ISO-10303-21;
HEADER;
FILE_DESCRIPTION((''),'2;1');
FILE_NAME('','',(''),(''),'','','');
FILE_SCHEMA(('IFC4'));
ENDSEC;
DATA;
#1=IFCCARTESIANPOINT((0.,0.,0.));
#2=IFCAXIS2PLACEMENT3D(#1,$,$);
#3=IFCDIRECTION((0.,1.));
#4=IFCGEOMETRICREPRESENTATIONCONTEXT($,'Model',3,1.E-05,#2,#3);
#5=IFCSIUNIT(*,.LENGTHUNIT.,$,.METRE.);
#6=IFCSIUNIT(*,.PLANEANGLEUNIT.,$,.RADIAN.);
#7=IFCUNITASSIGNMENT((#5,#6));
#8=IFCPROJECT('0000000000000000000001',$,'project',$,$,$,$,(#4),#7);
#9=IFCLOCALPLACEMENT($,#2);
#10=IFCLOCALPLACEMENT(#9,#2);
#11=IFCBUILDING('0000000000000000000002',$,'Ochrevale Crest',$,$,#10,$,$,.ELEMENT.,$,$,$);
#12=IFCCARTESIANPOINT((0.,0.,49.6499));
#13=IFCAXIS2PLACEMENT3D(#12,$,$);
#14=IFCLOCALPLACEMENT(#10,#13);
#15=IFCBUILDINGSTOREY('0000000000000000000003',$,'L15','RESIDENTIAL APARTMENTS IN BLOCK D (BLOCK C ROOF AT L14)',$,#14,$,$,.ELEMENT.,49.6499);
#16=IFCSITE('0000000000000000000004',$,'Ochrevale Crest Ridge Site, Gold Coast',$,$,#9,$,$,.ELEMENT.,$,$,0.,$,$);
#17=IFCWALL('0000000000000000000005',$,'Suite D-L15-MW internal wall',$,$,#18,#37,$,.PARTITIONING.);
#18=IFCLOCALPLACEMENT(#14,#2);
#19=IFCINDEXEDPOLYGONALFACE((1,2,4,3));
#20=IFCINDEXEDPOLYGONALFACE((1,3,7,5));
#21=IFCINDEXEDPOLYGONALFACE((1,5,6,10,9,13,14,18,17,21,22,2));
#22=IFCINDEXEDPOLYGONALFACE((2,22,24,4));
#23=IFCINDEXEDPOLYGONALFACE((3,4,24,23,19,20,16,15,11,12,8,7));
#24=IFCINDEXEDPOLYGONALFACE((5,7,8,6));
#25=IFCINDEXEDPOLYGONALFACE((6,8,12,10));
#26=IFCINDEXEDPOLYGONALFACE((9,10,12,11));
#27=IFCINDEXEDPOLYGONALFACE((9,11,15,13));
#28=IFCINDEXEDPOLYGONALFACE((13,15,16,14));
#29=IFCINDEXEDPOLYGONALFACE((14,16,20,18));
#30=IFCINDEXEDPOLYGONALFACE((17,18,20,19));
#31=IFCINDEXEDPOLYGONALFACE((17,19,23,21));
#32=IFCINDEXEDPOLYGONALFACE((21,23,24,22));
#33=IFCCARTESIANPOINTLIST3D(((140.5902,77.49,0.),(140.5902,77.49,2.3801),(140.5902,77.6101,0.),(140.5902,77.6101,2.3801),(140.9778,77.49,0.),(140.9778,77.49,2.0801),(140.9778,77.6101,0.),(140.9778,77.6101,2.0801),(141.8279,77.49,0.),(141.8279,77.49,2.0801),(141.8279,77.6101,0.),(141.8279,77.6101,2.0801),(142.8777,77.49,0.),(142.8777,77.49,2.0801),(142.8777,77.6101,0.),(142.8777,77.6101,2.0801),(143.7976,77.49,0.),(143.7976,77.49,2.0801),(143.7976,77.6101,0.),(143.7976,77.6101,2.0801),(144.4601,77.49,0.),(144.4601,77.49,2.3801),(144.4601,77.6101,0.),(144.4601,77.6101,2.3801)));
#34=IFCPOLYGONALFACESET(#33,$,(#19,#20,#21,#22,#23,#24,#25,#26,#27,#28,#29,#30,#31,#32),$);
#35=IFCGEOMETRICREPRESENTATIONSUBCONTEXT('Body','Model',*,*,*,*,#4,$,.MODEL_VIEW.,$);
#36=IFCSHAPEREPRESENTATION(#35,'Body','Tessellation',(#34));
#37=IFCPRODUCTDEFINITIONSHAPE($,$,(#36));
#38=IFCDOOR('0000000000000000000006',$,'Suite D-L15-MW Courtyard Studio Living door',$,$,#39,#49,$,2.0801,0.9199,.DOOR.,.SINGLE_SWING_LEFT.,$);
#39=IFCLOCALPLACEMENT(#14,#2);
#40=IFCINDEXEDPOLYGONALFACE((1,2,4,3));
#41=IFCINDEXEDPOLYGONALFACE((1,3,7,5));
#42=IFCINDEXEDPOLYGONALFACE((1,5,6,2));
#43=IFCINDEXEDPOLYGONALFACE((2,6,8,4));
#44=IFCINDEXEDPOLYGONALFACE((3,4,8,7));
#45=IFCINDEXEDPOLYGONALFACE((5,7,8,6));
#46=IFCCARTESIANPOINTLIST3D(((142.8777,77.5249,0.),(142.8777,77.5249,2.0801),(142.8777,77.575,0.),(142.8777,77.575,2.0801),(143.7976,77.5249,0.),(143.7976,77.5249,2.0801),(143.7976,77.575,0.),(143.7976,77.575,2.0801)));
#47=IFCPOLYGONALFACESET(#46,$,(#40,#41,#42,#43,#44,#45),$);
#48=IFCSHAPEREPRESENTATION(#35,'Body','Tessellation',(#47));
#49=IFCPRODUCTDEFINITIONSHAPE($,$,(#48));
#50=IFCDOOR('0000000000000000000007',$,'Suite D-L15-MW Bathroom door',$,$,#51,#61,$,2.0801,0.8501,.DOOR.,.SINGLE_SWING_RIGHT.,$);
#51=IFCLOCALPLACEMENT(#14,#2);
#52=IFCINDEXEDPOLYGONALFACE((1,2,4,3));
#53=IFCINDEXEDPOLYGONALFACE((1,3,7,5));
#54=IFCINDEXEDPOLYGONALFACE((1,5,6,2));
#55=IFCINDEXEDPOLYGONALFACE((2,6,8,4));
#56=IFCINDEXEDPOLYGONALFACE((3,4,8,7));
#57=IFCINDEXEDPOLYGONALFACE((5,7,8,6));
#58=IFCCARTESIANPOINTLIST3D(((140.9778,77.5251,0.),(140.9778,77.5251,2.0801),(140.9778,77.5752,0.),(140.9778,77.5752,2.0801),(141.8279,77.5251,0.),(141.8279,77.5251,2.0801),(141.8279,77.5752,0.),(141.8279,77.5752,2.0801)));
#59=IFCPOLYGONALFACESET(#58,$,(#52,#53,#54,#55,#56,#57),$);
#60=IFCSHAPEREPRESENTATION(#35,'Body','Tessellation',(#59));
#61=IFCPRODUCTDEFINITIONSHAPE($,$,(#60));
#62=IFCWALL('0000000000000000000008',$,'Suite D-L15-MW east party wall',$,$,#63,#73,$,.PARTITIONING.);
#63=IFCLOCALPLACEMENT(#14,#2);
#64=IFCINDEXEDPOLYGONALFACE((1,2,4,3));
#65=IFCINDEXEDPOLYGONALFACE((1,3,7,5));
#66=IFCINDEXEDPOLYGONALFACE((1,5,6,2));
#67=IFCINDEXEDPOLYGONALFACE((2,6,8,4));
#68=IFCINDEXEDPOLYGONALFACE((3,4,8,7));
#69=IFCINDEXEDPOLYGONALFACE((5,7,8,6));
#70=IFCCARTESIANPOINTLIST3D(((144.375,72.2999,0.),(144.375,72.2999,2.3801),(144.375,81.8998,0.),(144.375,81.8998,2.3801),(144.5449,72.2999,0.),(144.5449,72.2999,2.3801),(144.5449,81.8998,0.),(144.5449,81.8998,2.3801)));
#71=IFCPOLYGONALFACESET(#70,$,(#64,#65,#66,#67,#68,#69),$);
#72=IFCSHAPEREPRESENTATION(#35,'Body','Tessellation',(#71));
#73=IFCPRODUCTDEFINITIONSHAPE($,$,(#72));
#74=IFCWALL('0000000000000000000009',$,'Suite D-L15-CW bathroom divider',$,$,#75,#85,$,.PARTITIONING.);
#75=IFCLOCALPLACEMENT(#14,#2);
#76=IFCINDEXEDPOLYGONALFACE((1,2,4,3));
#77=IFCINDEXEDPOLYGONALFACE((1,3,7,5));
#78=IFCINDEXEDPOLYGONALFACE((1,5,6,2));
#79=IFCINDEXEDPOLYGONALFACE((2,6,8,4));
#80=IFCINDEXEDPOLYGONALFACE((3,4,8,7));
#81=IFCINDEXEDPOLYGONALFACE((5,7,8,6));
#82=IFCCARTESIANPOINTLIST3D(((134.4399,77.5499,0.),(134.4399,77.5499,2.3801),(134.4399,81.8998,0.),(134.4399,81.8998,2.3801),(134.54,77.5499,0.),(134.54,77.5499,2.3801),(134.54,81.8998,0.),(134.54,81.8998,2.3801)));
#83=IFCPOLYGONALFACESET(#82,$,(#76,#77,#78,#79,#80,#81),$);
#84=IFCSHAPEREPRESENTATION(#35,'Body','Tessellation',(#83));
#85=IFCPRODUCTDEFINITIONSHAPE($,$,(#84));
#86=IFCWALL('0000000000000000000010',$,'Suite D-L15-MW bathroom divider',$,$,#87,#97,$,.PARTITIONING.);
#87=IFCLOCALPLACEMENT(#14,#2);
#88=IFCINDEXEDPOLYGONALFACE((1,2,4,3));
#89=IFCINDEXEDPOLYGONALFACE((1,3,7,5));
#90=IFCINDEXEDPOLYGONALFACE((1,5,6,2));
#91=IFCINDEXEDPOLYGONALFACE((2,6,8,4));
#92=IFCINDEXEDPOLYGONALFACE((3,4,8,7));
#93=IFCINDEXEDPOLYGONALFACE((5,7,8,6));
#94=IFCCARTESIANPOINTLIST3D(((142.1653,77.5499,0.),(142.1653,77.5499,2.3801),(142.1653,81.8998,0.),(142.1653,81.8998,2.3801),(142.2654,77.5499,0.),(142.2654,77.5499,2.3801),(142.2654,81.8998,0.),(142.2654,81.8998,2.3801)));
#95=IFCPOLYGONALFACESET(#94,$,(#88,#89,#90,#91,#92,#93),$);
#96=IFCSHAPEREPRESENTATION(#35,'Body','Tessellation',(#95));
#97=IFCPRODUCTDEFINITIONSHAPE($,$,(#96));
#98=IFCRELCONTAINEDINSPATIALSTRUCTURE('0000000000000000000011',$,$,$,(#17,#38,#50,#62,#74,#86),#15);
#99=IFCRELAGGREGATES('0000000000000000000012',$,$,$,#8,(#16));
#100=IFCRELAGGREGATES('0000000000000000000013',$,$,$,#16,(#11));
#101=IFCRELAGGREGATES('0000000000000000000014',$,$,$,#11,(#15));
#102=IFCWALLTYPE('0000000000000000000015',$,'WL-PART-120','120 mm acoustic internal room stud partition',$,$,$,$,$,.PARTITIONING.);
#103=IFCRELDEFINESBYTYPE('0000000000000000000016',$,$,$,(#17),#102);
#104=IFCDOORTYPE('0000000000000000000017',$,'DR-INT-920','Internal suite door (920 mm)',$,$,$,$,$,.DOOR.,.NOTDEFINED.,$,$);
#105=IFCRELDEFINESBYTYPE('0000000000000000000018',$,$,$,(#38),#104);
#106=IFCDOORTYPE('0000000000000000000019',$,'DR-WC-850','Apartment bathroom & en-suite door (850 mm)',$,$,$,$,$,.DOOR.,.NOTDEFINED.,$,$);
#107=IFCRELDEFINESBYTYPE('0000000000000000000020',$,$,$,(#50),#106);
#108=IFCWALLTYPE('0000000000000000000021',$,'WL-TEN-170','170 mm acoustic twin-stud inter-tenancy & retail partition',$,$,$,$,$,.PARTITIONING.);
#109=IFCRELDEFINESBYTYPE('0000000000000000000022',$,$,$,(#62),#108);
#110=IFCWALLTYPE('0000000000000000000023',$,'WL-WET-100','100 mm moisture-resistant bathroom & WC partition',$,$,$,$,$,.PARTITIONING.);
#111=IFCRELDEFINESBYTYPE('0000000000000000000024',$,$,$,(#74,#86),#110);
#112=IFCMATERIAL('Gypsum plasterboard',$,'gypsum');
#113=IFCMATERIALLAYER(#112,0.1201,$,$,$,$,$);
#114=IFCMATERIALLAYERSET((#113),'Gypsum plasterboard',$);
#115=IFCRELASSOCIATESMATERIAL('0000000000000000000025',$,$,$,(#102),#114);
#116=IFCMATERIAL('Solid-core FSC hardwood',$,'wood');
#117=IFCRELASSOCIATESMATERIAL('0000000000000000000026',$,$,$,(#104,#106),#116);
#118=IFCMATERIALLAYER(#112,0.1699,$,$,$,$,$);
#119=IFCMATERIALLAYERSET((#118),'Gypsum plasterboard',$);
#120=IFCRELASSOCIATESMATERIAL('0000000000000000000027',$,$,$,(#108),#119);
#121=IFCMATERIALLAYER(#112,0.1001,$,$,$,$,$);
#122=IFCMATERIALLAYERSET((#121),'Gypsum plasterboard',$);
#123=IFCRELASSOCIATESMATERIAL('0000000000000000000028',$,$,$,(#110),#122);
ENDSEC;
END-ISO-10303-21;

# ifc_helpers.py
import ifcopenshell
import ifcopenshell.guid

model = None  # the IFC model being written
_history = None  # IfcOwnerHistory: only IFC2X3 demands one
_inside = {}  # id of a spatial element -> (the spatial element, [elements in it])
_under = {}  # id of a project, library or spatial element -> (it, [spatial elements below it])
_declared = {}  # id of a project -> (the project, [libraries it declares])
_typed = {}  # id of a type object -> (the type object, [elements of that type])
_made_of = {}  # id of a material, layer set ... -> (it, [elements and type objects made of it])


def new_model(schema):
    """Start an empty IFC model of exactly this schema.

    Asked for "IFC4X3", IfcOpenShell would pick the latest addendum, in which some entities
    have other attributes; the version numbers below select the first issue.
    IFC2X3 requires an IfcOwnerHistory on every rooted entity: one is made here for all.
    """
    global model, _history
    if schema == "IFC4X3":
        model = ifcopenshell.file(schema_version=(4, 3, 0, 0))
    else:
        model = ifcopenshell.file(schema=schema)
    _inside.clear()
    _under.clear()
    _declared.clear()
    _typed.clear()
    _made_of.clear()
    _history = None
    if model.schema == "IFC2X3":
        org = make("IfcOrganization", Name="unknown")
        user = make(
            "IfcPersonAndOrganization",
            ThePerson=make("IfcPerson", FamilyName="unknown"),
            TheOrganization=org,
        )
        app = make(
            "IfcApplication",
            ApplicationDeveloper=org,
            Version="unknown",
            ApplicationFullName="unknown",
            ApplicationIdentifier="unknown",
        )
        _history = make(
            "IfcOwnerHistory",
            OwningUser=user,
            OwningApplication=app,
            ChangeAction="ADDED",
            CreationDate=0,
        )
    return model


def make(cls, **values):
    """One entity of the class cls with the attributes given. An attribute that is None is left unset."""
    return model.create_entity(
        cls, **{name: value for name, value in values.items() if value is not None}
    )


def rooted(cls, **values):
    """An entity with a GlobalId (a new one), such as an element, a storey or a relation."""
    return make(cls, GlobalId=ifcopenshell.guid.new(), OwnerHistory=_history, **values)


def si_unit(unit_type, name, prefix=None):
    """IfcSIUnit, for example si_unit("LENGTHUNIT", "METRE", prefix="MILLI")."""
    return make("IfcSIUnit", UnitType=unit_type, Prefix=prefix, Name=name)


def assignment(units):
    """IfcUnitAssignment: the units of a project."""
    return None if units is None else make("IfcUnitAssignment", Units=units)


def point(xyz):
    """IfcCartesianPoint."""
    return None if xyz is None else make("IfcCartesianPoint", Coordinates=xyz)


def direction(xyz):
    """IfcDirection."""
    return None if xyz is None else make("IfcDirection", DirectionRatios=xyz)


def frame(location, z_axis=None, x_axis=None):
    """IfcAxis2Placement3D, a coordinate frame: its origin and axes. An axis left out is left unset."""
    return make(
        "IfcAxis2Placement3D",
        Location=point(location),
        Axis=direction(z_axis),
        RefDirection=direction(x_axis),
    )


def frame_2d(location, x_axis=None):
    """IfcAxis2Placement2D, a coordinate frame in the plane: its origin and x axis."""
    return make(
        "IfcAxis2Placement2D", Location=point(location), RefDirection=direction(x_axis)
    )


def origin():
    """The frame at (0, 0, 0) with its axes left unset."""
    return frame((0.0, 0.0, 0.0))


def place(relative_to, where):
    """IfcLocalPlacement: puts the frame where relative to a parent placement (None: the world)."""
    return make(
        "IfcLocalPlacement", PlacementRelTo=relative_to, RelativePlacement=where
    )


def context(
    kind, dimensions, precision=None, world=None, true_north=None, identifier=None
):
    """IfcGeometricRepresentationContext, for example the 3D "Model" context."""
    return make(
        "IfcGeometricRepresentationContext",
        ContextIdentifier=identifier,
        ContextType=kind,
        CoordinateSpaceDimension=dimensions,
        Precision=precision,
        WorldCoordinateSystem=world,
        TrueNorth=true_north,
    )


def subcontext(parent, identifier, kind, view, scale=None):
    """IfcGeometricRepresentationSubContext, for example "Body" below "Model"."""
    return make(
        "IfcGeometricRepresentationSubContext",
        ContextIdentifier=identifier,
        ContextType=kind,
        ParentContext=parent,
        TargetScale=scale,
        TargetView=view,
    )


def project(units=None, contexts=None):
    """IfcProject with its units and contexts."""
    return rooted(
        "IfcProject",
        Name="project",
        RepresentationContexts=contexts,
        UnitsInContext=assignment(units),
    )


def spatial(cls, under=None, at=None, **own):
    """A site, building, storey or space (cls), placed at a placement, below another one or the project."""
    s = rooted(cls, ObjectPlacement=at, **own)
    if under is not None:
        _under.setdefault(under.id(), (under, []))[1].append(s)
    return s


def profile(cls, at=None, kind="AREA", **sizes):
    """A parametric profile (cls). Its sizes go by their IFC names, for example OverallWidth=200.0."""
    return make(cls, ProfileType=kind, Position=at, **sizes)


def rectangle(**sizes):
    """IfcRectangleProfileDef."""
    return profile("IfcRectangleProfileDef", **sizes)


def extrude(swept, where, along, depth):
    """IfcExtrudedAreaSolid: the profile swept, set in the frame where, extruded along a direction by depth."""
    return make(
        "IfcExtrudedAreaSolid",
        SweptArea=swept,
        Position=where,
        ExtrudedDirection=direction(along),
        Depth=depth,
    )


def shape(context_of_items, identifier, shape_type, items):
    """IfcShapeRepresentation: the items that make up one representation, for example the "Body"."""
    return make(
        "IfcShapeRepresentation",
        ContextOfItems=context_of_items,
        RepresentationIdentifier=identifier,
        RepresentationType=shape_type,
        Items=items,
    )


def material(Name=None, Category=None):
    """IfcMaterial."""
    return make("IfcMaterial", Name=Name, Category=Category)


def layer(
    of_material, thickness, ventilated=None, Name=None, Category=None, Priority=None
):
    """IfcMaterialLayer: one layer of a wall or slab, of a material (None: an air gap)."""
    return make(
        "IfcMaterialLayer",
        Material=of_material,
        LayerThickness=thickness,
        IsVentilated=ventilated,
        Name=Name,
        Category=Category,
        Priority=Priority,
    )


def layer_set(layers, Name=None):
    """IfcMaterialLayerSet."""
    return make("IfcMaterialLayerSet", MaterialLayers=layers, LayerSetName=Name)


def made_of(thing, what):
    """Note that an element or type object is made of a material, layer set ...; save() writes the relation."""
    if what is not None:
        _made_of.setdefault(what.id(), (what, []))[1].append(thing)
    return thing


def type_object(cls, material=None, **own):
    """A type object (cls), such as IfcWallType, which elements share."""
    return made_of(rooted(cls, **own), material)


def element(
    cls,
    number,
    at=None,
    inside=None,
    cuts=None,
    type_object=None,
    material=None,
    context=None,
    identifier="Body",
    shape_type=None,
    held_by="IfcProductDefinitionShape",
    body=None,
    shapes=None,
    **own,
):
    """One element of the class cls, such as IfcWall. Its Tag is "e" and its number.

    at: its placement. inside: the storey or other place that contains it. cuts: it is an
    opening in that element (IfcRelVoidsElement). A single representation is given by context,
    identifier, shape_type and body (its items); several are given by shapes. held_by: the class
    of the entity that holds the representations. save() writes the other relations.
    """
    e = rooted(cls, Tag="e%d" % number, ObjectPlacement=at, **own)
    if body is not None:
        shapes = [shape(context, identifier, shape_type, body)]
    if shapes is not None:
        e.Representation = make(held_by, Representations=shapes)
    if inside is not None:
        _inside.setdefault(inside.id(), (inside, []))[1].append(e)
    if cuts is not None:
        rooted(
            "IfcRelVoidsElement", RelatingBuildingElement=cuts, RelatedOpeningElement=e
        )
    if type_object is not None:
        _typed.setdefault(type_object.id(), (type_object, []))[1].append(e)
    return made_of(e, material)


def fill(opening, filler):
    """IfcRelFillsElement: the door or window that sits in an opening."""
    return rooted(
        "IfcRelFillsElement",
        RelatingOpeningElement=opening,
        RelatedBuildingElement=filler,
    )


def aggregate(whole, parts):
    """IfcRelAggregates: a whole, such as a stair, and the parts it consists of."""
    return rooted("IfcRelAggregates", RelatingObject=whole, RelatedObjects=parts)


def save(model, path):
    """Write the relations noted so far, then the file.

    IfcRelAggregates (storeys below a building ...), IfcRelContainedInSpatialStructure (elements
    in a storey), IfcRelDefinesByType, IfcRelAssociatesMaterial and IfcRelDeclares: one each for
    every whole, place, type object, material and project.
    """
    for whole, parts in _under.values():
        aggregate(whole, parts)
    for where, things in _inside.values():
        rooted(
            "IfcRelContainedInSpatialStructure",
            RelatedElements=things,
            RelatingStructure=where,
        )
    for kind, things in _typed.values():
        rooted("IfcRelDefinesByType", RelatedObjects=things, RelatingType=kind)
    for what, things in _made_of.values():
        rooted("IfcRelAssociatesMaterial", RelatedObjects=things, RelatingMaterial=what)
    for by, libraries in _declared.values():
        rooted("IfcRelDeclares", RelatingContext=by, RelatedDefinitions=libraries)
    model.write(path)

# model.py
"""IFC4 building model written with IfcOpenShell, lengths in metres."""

from ifc_helpers import new_model, si_unit, direction, frame, frame_2d, origin, place, context, subcontext, project, spatial, rectangle, extrude, material, layer, layer_set, type_object, element, fill, save


model = new_model("IFC4")

# Units and contexts
model_context = context("Model", 3, precision=1e-05, world=origin(), true_north=direction((0.0, 1.0)))
body_context = subcontext(model_context, "Body", "Model", "MODEL_VIEW")
ifc_project = project(units=[si_unit("LENGTHUNIT", "METRE"), si_unit("PLANEANGLEUNIT", "RADIAN")], contexts=[model_context])

# Site, building, storey
site_placement = place(None, origin())
site = spatial("IfcSite", under=ifc_project, at=site_placement, Name="Ochrevale Crest Ridge Site, Gold Coast", CompositionType="ELEMENT", RefElevation=0.0)
building_placement = place(site_placement, origin())
building = spatial("IfcBuilding", under=site, at=building_placement, Name="Ochrevale Crest", CompositionType="ELEMENT")
storey_placement = place(building_placement, frame((0.0, 0.0, 49.6499)))
storey = spatial("IfcBuildingStorey", under=building, at=storey_placement, Name="L15", Description="RESIDENTIAL APARTMENTS IN BLOCK D (BLOCK C ROOF AT L14)", CompositionType="ELEMENT", Elevation=49.6499)

# Wall, openings, doors
ifc_material_1 = material(Name="Gypsum plasterboard", Category="gypsum")
ifc_layer_1 = layer(ifc_material_1, 0.1201)
ifc_layer_set_1 = layer_set([ifc_layer_1], Name="Gypsum plasterboard")
wall_type_1 = type_object("IfcWallType", Name="WL-PART-120", Description="120 mm acoustic internal room stud partition", PredefinedType="PARTITIONING", material=ifc_layer_set_1)
wall_1_placement = place(storey_placement, frame((140.5901, 77.55, 0.0), z_axis=(0.0, 0.0, 1.0), x_axis=(1.0, 0.0, 0.0)))
wall_1 = element("IfcWall", 1, at=wall_1_placement, inside=storey, type_object=wall_type_1, Name="Suite D-L15-MW internal wall", PredefinedType="PARTITIONING", context=body_context, shape_type="SweptSolid", body=[
    extrude(rectangle(XDim=3.8699, YDim=0.1201, at=frame_2d((1.9351, 0.0))), origin(), (0.0, 0.0, 1.0), 2.3801),
])
opening_1_placement = place(wall_1_placement, frame((1.2378, 0.0, 0.0), z_axis=(0.0, 0.0, 1.0), x_axis=(-1.0, 0.0, 0.0)))
opening_1 = element("IfcOpeningElement", 2, at=opening_1_placement, cuts=wall_1, PredefinedType="OPENING", context=body_context, shape_type="SweptSolid", body=[
    extrude(rectangle(XDim=0.8501, YDim=2.0801, at=frame_2d((0.425, 1.04))), frame((0.0, 0.0701, 0.0), z_axis=(0.0, -1.0, 0.0), x_axis=(1.0, 0.0, 0.0)), (0.0, 0.0, 1.0), 0.1401),
])
opening_2_placement = place(wall_1_placement, frame((2.2876, 0.0, 0.0)))
opening_2 = element("IfcOpeningElement", 3, at=opening_2_placement, cuts=wall_1, PredefinedType="OPENING", context=body_context, shape_type="SweptSolid", body=[
    extrude(rectangle(XDim=0.9199, YDim=2.0801, at=frame_2d((0.46, 1.04))), frame((0.0, 0.0701, 0.0), z_axis=(0.0, -1.0, 0.0), x_axis=(1.0, 0.0, 0.0)), (0.0, 0.0, 1.0), 0.1401),
])
ifc_material_2 = material(Name="Solid-core FSC hardwood", Category="wood")
door_type_1 = type_object("IfcDoorType", Name="DR-INT-920", Description="Internal suite door (920 mm)", OperationType="NOTDEFINED", PredefinedType="DOOR", material=ifc_material_2)
door_1_placement = place(opening_2_placement, origin())
door_1 = element("IfcDoor", 4, at=door_1_placement, inside=storey, type_object=door_type_1, Name="Suite D-L15-MW Courtyard Studio Living door", OperationType="SINGLE_SWING_LEFT", OverallHeight=2.0801, OverallWidth=0.9199, PredefinedType="DOOR", context=body_context, shape_type="SweptSolid", body=[
    extrude(rectangle(XDim=0.9199, YDim=2.0801, at=frame_2d((0.46, 1.04))), frame((0.0, 0.0249, 0.0), z_axis=(0.0, -1.0, 0.0), x_axis=(1.0, 0.0, 0.0)), (0.0, 0.0, 1.0), 0.05),
])
fill(opening_2, door_1)
door_type_2 = type_object("IfcDoorType", Name="DR-WC-850", Description="Apartment bathroom & en-suite door (850 mm)", OperationType="NOTDEFINED", PredefinedType="DOOR", material=ifc_material_2)
door_2_placement = place(opening_1_placement, origin())
door_2 = element("IfcDoor", 5, at=door_2_placement, inside=storey, type_object=door_type_2, Name="Suite D-L15-MW Bathroom door", OperationType="SINGLE_SWING_RIGHT", OverallHeight=2.0801, OverallWidth=0.8501, PredefinedType="DOOR", context=body_context, shape_type="SweptSolid", body=[
    extrude(rectangle(XDim=0.8501, YDim=2.0801, at=frame_2d((0.425, 1.04))), frame((0.0, 0.0249, 0.0), z_axis=(0.0, -1.0, 0.0), x_axis=(1.0, 0.0, 0.0)), (0.0, 0.0, 1.0), 0.05),
])
fill(opening_1, door_2)

# Walls
ifc_layer_2 = layer(ifc_material_1, 0.1699)
ifc_layer_set_2 = layer_set([ifc_layer_2], Name="Gypsum plasterboard")
wall_type_2 = type_object("IfcWallType", Name="WL-TEN-170", Description="170 mm acoustic twin-stud inter-tenancy & retail partition", PredefinedType="PARTITIONING", material=ifc_layer_set_2)
wall_2_placement = place(storey_placement, frame((144.46, 72.3, 0.0), z_axis=(0.0, 0.0, 1.0), x_axis=(0.0, 1.0, 0.0)))
element("IfcWall", 6, at=wall_2_placement, inside=storey, type_object=wall_type_2, Name="Suite D-L15-MW east party wall", PredefinedType="PARTITIONING", context=body_context, shape_type="SweptSolid", body=[
    extrude(rectangle(XDim=9.5999, YDim=0.1699, at=frame_2d((4.7998, 0.0))), origin(), (0.0, 0.0, 1.0), 2.3801),
])
ifc_layer_3 = layer(ifc_material_1, 0.1001)
ifc_layer_set_3 = layer_set([ifc_layer_3], Name="Gypsum plasterboard")
wall_type_3 = type_object("IfcWallType", Name="WL-WET-100", Description="100 mm moisture-resistant bathroom & WC partition", PredefinedType="PARTITIONING", material=ifc_layer_set_3)
for number, where, z_axis, x_axis, name in (
    (7, (134.49, 77.55, 0.0), (0.0, 0.0, 1.0), (0.0, 1.0, 0.0), "Suite D-L15-CW bathroom divider"),
    (8, (142.2153, 77.55, 0.0), (0.0, 0.0, 1.0), (0.0, 1.0, 0.0), "Suite D-L15-MW bathroom divider"),
):
    element("IfcWall", number, at=place(storey_placement, frame(where, z_axis=z_axis, x_axis=x_axis)), inside=storey, type_object=wall_type_3, Name=name, PredefinedType="PARTITIONING", context=body_context, shape_type="SweptSolid", body=[
        extrude(rectangle(XDim=4.3499, YDim=0.1001, at=frame_2d((2.1748, 0.0))), origin(), (0.0, 0.0, 1.0), 2.3801),
    ])

save(model, "model.ifc")
